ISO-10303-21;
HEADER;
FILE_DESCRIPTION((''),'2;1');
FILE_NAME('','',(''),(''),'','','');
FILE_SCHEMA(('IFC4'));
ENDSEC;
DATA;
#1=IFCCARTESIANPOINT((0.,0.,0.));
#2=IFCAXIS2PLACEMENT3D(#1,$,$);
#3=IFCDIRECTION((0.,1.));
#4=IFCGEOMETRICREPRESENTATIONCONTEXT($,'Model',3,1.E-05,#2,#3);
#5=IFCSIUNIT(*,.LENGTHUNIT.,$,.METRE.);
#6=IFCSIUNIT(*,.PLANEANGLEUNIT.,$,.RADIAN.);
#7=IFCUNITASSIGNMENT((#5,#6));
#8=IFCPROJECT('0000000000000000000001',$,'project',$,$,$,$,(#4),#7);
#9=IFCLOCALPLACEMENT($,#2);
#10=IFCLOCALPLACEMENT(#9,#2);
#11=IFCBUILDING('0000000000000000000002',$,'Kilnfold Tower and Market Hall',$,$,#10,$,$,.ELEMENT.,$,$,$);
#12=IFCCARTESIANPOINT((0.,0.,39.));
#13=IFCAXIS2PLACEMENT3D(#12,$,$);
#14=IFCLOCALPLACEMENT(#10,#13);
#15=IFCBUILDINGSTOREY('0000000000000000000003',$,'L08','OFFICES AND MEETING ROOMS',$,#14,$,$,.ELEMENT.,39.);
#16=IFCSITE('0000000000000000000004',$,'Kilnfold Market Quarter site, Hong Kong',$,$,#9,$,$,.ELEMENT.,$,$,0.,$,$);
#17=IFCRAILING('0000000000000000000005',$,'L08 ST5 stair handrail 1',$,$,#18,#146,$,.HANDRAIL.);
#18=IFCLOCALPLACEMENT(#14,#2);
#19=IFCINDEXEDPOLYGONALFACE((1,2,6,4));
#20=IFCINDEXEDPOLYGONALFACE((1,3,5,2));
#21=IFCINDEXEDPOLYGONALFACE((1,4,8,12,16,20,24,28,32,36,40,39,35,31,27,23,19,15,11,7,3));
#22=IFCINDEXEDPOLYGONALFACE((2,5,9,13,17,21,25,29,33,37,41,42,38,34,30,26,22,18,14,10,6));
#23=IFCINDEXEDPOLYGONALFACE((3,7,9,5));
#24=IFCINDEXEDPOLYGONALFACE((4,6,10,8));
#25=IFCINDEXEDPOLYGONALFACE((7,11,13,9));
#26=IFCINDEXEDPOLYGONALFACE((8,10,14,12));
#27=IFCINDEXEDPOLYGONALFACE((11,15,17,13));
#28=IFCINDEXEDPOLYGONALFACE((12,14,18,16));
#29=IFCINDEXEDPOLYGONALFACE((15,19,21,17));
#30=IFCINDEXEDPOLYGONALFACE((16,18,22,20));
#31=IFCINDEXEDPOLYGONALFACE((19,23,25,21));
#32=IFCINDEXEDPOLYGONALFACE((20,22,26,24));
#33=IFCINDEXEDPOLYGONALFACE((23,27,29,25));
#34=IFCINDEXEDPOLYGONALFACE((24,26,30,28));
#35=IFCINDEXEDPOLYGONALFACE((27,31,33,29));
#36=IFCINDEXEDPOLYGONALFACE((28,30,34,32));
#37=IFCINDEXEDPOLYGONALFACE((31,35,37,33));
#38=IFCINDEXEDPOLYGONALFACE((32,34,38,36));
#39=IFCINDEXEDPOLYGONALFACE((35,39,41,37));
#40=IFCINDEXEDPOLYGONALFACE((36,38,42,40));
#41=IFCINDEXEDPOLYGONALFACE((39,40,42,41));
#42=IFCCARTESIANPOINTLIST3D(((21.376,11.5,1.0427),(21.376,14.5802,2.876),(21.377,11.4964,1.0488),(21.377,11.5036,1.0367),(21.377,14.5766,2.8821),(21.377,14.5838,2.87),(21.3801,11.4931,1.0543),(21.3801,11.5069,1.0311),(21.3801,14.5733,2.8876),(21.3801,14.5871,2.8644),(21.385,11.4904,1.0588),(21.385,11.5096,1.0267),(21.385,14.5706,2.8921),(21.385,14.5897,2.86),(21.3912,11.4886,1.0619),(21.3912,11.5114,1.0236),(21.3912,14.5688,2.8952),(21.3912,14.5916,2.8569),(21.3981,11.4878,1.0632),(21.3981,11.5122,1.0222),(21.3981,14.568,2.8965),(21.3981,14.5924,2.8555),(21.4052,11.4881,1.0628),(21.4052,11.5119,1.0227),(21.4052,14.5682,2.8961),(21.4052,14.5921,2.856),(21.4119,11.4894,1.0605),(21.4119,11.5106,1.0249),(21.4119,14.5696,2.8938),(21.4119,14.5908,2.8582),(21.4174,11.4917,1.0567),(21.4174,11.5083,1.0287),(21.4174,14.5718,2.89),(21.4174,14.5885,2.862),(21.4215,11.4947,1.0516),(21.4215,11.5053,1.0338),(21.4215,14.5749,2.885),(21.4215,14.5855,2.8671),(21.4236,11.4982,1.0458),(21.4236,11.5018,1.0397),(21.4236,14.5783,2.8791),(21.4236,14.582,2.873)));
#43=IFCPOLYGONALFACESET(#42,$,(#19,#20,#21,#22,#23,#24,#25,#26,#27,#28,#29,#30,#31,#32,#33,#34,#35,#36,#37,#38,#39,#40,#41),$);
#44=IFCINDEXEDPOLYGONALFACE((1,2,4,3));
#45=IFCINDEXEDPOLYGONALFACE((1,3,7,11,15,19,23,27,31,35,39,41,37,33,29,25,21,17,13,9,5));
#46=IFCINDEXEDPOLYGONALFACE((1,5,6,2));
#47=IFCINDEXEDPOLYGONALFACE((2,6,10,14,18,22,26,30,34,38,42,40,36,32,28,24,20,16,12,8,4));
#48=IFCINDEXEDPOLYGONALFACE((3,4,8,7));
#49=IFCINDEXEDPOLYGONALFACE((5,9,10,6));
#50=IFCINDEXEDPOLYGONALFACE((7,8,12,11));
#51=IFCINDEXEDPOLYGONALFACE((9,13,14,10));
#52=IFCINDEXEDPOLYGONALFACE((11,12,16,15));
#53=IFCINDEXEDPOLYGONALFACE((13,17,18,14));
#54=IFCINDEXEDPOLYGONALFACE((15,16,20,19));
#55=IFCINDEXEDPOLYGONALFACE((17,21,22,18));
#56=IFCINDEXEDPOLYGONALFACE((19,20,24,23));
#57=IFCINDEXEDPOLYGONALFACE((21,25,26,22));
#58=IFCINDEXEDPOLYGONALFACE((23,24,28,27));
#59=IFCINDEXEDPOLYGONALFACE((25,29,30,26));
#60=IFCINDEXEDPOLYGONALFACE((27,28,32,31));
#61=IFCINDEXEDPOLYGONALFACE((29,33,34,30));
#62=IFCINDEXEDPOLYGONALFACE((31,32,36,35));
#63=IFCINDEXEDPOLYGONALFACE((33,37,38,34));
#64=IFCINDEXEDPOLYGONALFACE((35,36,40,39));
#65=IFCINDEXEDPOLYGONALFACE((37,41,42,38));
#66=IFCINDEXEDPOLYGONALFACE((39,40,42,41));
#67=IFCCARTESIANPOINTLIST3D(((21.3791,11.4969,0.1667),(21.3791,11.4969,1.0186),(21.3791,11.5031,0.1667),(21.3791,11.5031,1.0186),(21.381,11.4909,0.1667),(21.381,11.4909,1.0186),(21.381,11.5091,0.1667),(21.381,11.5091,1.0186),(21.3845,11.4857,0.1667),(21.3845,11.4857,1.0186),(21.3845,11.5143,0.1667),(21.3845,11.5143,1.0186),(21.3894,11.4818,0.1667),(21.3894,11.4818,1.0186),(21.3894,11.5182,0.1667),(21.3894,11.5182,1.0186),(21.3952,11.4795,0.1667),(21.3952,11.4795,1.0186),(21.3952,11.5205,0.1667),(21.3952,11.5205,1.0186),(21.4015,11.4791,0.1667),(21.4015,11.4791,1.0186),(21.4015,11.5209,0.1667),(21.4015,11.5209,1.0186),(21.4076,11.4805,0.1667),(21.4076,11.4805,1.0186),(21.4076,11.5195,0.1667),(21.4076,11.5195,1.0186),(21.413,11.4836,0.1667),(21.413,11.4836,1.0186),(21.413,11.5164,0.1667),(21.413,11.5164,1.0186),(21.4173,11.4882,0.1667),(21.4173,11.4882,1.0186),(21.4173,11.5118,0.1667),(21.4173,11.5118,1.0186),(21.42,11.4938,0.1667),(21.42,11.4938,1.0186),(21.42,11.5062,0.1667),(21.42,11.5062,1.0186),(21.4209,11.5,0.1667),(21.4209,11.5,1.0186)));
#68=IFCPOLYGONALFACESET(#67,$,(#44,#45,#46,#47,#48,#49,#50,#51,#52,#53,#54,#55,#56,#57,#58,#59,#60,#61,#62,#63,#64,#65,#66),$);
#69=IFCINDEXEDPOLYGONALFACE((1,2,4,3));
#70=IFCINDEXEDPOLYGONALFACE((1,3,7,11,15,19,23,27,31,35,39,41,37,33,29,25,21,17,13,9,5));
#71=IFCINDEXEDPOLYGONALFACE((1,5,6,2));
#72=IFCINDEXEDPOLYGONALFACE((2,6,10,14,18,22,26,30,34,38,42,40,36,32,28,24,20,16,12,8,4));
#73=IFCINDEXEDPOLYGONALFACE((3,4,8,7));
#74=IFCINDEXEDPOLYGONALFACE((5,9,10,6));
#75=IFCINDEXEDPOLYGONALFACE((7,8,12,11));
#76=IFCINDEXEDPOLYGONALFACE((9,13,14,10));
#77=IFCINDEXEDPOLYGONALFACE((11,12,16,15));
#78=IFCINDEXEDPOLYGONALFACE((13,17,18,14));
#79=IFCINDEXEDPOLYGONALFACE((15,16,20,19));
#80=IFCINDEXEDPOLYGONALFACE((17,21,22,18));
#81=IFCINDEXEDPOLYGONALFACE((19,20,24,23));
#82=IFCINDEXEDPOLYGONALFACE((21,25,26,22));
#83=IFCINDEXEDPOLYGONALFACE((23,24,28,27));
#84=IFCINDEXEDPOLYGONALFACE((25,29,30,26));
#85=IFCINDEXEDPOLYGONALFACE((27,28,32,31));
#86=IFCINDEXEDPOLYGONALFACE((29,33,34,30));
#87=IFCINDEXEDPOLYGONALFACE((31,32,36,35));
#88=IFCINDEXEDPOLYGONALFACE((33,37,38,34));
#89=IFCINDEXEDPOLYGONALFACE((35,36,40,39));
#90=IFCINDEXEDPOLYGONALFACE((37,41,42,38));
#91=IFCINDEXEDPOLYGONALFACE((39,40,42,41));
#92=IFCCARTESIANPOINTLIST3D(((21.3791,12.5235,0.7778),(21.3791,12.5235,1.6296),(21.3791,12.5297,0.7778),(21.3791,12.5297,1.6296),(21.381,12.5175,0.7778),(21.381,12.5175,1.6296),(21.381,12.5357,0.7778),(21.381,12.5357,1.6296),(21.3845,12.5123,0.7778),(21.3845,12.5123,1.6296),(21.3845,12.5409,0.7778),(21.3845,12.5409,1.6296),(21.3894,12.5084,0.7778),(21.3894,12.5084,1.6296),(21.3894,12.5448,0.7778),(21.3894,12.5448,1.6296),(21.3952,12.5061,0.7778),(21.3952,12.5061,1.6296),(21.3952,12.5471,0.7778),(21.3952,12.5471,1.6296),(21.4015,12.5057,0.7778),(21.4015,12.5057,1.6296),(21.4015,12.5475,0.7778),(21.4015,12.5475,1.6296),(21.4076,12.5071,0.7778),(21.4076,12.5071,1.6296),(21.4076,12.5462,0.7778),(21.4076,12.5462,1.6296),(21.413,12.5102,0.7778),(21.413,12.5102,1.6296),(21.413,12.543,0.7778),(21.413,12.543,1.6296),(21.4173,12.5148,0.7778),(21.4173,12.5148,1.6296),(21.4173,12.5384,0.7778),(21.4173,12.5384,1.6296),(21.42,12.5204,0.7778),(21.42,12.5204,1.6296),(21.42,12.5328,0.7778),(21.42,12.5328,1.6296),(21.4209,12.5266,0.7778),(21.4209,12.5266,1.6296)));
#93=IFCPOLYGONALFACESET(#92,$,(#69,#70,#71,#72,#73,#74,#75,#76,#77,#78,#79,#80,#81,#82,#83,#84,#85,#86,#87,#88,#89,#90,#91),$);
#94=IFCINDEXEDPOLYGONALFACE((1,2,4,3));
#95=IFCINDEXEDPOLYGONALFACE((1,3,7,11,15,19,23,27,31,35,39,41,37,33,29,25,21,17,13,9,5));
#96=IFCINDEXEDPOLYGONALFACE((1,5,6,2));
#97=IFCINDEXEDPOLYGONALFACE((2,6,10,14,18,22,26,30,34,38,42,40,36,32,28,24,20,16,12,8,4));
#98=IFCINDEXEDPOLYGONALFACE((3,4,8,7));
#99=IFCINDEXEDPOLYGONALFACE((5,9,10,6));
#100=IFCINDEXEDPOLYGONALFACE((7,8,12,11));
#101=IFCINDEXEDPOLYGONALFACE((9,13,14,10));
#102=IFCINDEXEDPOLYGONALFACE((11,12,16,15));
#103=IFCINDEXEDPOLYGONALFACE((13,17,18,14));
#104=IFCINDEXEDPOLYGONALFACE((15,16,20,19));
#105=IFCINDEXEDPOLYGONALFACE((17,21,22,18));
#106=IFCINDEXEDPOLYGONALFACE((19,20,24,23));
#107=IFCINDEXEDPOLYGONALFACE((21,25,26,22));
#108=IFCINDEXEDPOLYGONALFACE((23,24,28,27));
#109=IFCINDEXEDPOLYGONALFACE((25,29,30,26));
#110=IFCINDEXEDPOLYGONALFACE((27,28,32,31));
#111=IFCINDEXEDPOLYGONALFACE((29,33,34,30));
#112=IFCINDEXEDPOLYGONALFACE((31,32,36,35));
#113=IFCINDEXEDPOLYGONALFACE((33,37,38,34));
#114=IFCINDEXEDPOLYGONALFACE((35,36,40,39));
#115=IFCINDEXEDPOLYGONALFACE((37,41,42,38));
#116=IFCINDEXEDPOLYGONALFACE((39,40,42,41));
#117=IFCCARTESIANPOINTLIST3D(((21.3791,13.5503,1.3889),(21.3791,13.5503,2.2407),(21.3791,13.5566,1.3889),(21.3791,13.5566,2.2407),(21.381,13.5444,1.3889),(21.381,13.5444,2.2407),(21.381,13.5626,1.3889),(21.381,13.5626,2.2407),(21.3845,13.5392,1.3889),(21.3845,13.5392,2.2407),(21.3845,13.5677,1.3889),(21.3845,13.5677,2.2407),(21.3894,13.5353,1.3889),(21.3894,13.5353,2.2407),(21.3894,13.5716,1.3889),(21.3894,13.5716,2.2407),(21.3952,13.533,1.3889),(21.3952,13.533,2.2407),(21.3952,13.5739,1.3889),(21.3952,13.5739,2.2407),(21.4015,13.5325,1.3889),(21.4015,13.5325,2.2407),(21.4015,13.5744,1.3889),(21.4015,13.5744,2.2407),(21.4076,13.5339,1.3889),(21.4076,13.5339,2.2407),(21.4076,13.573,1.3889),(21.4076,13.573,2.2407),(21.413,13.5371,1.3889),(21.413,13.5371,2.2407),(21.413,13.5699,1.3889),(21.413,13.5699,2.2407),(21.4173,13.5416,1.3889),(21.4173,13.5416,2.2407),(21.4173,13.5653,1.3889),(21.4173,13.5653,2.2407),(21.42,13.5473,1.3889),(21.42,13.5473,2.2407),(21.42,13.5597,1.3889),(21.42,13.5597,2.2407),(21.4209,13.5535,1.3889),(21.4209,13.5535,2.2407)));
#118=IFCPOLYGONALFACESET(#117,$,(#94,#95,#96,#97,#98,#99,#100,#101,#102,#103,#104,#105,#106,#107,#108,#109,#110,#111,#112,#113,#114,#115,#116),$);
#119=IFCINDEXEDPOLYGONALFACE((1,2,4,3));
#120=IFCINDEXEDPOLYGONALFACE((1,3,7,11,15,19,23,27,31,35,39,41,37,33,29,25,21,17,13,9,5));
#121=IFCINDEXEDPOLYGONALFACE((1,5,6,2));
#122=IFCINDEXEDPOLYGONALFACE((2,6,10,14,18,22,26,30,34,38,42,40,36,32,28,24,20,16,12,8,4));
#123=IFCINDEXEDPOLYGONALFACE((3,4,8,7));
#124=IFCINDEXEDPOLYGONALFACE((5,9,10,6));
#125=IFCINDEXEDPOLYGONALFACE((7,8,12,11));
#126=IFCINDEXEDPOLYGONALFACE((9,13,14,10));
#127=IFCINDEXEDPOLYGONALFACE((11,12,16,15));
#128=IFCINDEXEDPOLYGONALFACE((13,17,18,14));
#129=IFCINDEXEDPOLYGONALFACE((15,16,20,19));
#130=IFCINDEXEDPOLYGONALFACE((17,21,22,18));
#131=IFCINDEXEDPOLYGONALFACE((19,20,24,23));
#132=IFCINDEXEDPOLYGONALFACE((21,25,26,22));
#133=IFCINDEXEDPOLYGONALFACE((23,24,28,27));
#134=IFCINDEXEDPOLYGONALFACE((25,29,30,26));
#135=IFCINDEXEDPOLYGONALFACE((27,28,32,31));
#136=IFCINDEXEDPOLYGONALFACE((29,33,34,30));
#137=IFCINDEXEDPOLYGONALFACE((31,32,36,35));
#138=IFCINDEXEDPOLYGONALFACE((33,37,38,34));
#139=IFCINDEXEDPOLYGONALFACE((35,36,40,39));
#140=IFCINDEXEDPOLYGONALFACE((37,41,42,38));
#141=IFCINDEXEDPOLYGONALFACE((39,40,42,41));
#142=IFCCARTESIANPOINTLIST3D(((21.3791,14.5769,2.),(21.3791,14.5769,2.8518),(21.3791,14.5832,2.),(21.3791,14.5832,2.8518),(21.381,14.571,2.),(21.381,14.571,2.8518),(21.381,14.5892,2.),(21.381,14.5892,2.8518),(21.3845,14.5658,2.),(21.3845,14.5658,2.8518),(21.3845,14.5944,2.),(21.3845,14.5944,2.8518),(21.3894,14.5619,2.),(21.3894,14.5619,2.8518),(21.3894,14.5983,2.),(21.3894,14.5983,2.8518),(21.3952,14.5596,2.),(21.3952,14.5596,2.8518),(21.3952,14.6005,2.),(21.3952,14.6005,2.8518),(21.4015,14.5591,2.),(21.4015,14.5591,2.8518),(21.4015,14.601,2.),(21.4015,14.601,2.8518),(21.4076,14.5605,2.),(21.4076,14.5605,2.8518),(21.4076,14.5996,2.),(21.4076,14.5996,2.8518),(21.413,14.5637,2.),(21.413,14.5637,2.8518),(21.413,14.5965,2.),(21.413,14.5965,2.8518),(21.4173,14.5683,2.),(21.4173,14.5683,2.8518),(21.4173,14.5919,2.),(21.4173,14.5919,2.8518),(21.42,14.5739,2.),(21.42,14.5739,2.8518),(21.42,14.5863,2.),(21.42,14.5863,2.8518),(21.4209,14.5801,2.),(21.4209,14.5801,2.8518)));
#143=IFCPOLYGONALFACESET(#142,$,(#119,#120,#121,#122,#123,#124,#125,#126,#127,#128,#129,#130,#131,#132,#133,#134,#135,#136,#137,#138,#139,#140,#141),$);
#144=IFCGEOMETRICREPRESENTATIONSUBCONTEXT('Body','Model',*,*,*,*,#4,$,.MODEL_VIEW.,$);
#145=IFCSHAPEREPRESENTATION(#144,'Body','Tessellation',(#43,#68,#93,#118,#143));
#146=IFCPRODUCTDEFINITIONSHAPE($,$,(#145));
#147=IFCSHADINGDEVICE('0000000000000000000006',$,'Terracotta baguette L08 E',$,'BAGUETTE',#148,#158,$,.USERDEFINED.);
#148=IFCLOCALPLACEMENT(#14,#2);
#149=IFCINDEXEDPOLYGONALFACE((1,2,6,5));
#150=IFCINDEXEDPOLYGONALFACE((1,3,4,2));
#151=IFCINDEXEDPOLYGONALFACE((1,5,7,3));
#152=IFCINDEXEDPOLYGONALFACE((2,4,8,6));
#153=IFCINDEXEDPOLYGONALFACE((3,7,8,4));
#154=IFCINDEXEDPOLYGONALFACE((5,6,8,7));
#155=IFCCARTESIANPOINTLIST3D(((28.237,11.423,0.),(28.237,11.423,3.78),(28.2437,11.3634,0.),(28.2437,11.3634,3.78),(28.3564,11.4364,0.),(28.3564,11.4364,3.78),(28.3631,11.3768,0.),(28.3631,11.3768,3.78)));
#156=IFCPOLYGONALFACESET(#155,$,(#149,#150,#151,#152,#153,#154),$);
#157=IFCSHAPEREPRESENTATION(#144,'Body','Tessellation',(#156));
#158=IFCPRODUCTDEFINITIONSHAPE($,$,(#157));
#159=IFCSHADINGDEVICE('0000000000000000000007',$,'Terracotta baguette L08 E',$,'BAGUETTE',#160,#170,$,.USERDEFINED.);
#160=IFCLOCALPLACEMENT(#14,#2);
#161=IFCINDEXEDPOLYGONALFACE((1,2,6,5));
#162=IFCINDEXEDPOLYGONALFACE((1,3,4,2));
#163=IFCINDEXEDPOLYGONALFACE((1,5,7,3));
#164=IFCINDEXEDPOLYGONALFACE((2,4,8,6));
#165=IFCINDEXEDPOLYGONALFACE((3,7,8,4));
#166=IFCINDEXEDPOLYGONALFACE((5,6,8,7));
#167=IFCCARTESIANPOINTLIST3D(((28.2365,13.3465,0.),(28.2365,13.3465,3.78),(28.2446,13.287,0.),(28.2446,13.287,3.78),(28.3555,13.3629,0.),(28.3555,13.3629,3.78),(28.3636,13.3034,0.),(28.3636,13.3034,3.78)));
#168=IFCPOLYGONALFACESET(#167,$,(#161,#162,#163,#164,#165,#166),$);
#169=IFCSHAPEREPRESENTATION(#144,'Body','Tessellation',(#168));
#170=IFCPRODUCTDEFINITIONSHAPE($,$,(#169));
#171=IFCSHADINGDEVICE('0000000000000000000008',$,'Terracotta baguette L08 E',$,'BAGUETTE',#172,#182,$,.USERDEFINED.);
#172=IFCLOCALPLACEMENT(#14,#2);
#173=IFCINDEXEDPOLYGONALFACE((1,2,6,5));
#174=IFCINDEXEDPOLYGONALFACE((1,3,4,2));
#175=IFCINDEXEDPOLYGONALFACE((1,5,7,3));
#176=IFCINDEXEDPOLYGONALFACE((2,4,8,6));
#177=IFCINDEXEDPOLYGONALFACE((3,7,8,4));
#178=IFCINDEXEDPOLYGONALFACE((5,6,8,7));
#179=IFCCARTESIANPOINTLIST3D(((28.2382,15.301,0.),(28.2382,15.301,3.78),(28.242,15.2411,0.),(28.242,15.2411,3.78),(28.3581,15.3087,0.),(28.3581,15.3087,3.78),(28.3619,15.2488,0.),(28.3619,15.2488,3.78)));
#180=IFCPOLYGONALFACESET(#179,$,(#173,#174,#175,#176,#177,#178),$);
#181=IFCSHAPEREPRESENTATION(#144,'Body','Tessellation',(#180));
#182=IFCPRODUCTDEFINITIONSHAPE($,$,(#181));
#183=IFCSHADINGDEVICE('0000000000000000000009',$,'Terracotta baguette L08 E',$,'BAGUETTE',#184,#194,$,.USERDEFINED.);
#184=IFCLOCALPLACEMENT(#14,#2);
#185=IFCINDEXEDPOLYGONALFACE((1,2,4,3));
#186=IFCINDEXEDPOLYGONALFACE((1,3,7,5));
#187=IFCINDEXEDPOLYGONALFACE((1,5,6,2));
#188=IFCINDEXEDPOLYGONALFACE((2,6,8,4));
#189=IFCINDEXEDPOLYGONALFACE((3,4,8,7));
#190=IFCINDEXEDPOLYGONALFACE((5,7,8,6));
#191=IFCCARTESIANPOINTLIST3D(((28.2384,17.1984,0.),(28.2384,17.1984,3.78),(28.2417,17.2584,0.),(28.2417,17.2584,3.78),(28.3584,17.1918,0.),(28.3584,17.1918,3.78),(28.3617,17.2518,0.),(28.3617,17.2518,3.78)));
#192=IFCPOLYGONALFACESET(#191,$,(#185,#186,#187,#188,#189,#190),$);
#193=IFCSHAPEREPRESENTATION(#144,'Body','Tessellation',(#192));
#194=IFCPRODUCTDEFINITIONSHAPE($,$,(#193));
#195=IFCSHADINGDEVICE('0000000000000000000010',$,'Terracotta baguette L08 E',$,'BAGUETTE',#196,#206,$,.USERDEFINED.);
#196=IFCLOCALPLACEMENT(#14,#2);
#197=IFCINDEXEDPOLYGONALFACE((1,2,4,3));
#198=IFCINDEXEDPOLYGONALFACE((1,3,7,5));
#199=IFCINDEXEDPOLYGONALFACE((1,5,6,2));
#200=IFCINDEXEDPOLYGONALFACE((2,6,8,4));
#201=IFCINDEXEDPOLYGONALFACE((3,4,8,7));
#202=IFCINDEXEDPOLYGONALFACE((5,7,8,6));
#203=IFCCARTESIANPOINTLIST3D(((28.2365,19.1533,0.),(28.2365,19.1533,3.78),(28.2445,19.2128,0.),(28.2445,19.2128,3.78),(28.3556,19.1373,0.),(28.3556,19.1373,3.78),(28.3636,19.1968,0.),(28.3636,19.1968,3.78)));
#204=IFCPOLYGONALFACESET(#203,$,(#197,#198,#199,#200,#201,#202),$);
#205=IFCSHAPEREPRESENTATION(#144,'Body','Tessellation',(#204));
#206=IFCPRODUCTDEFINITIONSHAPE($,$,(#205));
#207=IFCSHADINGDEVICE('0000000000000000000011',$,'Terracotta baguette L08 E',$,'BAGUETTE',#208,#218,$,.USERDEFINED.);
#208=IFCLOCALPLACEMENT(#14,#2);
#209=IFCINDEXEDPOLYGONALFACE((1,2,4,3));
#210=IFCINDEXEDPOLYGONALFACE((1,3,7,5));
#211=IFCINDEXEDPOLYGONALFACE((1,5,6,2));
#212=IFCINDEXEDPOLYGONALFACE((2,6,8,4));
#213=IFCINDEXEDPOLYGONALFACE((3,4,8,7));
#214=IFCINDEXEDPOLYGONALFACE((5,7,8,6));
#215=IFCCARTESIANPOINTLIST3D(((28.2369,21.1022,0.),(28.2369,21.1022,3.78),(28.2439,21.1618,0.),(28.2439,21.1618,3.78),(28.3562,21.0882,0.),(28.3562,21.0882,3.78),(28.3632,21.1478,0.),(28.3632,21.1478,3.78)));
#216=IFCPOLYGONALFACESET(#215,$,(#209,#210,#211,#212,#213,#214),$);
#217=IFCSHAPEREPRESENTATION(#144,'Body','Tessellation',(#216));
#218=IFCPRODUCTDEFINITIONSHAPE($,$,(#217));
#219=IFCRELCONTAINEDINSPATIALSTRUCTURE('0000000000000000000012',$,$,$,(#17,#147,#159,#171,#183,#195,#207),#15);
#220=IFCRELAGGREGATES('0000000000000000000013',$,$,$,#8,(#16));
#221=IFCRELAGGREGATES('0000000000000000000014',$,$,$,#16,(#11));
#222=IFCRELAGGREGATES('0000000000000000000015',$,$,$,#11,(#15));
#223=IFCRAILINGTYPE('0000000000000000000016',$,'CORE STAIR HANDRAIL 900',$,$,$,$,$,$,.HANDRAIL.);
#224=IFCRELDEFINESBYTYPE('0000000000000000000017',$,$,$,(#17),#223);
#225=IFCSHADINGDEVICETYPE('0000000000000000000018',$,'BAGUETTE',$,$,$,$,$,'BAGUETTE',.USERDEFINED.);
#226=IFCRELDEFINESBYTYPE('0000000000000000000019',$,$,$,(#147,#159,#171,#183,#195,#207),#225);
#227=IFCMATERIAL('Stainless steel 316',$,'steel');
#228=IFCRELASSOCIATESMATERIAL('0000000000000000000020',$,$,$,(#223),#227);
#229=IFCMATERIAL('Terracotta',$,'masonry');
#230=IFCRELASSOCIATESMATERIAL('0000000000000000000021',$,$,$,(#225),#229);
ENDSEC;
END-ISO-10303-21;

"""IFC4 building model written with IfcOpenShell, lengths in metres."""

from ifc_helpers import new_model, si_unit, direction, frame, origin, origin_2d, place, context, subcontext, project, spatial, rectangle, circle, extrude, source, transform, mapped, material, material_profile, profile_set, type_object, element, save


model = new_model("IFC4")

# Units and contexts
model_context = context("Model", 3, precision=1e-05, world=origin(), true_north=direction((0.0, 1.0)))
body_context = subcontext(model_context, "Body", "Model", "MODEL_VIEW")
ifc_project = project(units=[si_unit("LENGTHUNIT", "METRE"), si_unit("PLANEANGLEUNIT", "RADIAN")], contexts=[model_context])

# Site, building, storey
site_placement = place(None, origin())
site = spatial("IfcSite", under=ifc_project, at=site_placement, Name="Kilnfold Market Quarter site, Hong Kong", CompositionType="ELEMENT", RefElevation=0.0)
building_placement = place(site_placement, origin())
building = spatial("IfcBuilding", under=site, at=building_placement, Name="Kilnfold Tower and Market Hall", CompositionType="ELEMENT")
storey_placement = place(building_placement, frame((0.0, 0.0, 39.0)))
storey = spatial("IfcBuildingStorey", under=building, at=storey_placement, Name="L08", Description="OFFICES AND MEETING ROOMS", CompositionType="ELEMENT", Elevation=39.0)

# Railing
ifc_material_1 = material(Name="Stainless steel 316", Category="steel")
railing_type_1 = type_object("IfcRailingType", Name="CORE STAIR HANDRAIL 900", PredefinedType="HANDRAIL", material=ifc_material_1)
railing_1_placement = place(storey_placement, frame((21.3999, 11.5, 0.1667)))
element("IfcRailing", 1, at=railing_1_placement, inside=storey, type_object=railing_type_1, Name="L08 ST5 stair handrail 1", PredefinedType="HANDRAIL", context=body_context, shape_type="SweptSolid", body=[
    extrude(circle(Radius=0.0239, at=origin_2d()), frame((0.0, 0.0, 0.876), z_axis=(0.0, 0.859309, 0.511458), x_axis=(-1.0, 0.0, 0.0)), (0.0, 0.0, 1.0), 3.5845),
    extrude(circle(Radius=0.021, at=origin_2d()), origin(), (0.0, 0.0, 1.0), 0.8518),
    extrude(circle(Radius=0.021, at=origin_2d()), frame((0.0, 1.0266, 0.6111)), (0.0, 0.0, 1.0), 0.8518),
    extrude(circle(Radius=0.021, at=origin_2d()), frame((0.0, 2.0535, 1.2222)), (0.0, 0.0, 1.0), 0.8518),
    extrude(circle(Radius=0.021, at=origin_2d()), frame((0.0, 3.0801, 1.8333)), (0.0, 0.0, 1.0), 0.8518),
])

# Shading devices
ifc_material_2 = material(Name="Terracotta", Category="masonry")
ifc_material_profile_1 = material_profile(ifc_material_2, rectangle(XDim=0.0601, YDim=0.1201, at=origin_2d()), Name="BAG 60x120")
ifc_profile_set_1 = profile_set([ifc_material_profile_1], Name="Terracotta")
shading_device_type = type_object("IfcShadingDeviceType", Name="BAGUETTE", ElementType="BAGUETTE", PredefinedType="USERDEFINED", material=ifc_profile_set_1)
shared_shape_1 = source(origin(), body_context, "Body", "SweptSolid", [
    extrude(rectangle(XDim=0.0601, YDim=0.1201, at=origin_2d()), origin(), (0.0, 0.0, 1.0), 3.78),
])
for number, where, z_axis, x_axis, name in (
    (2, (28.3, 11.3999, 0.0), (0.0, 0.0, 1.0), (-0.111602, 0.993753, 0.0), "Terracotta baguette L08 E"),
    (3, (28.3, 13.325, 0.0), (0.0, 0.0, 1.0), (-0.135778, 0.990739, 0.0), "Terracotta baguette L08 E"),
    (4, (28.3, 15.2749, 0.0), (0.0, 0.0, 1.0), (-0.063639, 0.997973, 0.0), "Terracotta baguette L08 E"),
    (5, (28.3, 17.2251, 0.0), (0.0, 0.0, 1.0), (0.054548, 0.998511, 0.0), "Terracotta baguette L08 E"),
    (6, (28.3, 19.175, 0.0), (0.0, 0.0, 1.0), (0.133236, 0.991084, 0.0), "Terracotta baguette L08 E"),
    (7, (28.3, 21.125, 0.0), (0.0, 0.0, 1.0), (0.116445, 0.993197, 0.0), "Terracotta baguette L08 E"),
):
    element("IfcShadingDevice", number, at=place(storey_placement, frame(where, z_axis=z_axis, x_axis=x_axis)), inside=storey, type_object=shading_device_type, Name=name, ObjectType="BAGUETTE", PredefinedType="USERDEFINED", context=body_context, shape_type="MappedRepresentation", body=[
        mapped(shared_shape_1, transform((0.0, 0.0, 0.0))),
    ])

save(model, "model.ifc")
